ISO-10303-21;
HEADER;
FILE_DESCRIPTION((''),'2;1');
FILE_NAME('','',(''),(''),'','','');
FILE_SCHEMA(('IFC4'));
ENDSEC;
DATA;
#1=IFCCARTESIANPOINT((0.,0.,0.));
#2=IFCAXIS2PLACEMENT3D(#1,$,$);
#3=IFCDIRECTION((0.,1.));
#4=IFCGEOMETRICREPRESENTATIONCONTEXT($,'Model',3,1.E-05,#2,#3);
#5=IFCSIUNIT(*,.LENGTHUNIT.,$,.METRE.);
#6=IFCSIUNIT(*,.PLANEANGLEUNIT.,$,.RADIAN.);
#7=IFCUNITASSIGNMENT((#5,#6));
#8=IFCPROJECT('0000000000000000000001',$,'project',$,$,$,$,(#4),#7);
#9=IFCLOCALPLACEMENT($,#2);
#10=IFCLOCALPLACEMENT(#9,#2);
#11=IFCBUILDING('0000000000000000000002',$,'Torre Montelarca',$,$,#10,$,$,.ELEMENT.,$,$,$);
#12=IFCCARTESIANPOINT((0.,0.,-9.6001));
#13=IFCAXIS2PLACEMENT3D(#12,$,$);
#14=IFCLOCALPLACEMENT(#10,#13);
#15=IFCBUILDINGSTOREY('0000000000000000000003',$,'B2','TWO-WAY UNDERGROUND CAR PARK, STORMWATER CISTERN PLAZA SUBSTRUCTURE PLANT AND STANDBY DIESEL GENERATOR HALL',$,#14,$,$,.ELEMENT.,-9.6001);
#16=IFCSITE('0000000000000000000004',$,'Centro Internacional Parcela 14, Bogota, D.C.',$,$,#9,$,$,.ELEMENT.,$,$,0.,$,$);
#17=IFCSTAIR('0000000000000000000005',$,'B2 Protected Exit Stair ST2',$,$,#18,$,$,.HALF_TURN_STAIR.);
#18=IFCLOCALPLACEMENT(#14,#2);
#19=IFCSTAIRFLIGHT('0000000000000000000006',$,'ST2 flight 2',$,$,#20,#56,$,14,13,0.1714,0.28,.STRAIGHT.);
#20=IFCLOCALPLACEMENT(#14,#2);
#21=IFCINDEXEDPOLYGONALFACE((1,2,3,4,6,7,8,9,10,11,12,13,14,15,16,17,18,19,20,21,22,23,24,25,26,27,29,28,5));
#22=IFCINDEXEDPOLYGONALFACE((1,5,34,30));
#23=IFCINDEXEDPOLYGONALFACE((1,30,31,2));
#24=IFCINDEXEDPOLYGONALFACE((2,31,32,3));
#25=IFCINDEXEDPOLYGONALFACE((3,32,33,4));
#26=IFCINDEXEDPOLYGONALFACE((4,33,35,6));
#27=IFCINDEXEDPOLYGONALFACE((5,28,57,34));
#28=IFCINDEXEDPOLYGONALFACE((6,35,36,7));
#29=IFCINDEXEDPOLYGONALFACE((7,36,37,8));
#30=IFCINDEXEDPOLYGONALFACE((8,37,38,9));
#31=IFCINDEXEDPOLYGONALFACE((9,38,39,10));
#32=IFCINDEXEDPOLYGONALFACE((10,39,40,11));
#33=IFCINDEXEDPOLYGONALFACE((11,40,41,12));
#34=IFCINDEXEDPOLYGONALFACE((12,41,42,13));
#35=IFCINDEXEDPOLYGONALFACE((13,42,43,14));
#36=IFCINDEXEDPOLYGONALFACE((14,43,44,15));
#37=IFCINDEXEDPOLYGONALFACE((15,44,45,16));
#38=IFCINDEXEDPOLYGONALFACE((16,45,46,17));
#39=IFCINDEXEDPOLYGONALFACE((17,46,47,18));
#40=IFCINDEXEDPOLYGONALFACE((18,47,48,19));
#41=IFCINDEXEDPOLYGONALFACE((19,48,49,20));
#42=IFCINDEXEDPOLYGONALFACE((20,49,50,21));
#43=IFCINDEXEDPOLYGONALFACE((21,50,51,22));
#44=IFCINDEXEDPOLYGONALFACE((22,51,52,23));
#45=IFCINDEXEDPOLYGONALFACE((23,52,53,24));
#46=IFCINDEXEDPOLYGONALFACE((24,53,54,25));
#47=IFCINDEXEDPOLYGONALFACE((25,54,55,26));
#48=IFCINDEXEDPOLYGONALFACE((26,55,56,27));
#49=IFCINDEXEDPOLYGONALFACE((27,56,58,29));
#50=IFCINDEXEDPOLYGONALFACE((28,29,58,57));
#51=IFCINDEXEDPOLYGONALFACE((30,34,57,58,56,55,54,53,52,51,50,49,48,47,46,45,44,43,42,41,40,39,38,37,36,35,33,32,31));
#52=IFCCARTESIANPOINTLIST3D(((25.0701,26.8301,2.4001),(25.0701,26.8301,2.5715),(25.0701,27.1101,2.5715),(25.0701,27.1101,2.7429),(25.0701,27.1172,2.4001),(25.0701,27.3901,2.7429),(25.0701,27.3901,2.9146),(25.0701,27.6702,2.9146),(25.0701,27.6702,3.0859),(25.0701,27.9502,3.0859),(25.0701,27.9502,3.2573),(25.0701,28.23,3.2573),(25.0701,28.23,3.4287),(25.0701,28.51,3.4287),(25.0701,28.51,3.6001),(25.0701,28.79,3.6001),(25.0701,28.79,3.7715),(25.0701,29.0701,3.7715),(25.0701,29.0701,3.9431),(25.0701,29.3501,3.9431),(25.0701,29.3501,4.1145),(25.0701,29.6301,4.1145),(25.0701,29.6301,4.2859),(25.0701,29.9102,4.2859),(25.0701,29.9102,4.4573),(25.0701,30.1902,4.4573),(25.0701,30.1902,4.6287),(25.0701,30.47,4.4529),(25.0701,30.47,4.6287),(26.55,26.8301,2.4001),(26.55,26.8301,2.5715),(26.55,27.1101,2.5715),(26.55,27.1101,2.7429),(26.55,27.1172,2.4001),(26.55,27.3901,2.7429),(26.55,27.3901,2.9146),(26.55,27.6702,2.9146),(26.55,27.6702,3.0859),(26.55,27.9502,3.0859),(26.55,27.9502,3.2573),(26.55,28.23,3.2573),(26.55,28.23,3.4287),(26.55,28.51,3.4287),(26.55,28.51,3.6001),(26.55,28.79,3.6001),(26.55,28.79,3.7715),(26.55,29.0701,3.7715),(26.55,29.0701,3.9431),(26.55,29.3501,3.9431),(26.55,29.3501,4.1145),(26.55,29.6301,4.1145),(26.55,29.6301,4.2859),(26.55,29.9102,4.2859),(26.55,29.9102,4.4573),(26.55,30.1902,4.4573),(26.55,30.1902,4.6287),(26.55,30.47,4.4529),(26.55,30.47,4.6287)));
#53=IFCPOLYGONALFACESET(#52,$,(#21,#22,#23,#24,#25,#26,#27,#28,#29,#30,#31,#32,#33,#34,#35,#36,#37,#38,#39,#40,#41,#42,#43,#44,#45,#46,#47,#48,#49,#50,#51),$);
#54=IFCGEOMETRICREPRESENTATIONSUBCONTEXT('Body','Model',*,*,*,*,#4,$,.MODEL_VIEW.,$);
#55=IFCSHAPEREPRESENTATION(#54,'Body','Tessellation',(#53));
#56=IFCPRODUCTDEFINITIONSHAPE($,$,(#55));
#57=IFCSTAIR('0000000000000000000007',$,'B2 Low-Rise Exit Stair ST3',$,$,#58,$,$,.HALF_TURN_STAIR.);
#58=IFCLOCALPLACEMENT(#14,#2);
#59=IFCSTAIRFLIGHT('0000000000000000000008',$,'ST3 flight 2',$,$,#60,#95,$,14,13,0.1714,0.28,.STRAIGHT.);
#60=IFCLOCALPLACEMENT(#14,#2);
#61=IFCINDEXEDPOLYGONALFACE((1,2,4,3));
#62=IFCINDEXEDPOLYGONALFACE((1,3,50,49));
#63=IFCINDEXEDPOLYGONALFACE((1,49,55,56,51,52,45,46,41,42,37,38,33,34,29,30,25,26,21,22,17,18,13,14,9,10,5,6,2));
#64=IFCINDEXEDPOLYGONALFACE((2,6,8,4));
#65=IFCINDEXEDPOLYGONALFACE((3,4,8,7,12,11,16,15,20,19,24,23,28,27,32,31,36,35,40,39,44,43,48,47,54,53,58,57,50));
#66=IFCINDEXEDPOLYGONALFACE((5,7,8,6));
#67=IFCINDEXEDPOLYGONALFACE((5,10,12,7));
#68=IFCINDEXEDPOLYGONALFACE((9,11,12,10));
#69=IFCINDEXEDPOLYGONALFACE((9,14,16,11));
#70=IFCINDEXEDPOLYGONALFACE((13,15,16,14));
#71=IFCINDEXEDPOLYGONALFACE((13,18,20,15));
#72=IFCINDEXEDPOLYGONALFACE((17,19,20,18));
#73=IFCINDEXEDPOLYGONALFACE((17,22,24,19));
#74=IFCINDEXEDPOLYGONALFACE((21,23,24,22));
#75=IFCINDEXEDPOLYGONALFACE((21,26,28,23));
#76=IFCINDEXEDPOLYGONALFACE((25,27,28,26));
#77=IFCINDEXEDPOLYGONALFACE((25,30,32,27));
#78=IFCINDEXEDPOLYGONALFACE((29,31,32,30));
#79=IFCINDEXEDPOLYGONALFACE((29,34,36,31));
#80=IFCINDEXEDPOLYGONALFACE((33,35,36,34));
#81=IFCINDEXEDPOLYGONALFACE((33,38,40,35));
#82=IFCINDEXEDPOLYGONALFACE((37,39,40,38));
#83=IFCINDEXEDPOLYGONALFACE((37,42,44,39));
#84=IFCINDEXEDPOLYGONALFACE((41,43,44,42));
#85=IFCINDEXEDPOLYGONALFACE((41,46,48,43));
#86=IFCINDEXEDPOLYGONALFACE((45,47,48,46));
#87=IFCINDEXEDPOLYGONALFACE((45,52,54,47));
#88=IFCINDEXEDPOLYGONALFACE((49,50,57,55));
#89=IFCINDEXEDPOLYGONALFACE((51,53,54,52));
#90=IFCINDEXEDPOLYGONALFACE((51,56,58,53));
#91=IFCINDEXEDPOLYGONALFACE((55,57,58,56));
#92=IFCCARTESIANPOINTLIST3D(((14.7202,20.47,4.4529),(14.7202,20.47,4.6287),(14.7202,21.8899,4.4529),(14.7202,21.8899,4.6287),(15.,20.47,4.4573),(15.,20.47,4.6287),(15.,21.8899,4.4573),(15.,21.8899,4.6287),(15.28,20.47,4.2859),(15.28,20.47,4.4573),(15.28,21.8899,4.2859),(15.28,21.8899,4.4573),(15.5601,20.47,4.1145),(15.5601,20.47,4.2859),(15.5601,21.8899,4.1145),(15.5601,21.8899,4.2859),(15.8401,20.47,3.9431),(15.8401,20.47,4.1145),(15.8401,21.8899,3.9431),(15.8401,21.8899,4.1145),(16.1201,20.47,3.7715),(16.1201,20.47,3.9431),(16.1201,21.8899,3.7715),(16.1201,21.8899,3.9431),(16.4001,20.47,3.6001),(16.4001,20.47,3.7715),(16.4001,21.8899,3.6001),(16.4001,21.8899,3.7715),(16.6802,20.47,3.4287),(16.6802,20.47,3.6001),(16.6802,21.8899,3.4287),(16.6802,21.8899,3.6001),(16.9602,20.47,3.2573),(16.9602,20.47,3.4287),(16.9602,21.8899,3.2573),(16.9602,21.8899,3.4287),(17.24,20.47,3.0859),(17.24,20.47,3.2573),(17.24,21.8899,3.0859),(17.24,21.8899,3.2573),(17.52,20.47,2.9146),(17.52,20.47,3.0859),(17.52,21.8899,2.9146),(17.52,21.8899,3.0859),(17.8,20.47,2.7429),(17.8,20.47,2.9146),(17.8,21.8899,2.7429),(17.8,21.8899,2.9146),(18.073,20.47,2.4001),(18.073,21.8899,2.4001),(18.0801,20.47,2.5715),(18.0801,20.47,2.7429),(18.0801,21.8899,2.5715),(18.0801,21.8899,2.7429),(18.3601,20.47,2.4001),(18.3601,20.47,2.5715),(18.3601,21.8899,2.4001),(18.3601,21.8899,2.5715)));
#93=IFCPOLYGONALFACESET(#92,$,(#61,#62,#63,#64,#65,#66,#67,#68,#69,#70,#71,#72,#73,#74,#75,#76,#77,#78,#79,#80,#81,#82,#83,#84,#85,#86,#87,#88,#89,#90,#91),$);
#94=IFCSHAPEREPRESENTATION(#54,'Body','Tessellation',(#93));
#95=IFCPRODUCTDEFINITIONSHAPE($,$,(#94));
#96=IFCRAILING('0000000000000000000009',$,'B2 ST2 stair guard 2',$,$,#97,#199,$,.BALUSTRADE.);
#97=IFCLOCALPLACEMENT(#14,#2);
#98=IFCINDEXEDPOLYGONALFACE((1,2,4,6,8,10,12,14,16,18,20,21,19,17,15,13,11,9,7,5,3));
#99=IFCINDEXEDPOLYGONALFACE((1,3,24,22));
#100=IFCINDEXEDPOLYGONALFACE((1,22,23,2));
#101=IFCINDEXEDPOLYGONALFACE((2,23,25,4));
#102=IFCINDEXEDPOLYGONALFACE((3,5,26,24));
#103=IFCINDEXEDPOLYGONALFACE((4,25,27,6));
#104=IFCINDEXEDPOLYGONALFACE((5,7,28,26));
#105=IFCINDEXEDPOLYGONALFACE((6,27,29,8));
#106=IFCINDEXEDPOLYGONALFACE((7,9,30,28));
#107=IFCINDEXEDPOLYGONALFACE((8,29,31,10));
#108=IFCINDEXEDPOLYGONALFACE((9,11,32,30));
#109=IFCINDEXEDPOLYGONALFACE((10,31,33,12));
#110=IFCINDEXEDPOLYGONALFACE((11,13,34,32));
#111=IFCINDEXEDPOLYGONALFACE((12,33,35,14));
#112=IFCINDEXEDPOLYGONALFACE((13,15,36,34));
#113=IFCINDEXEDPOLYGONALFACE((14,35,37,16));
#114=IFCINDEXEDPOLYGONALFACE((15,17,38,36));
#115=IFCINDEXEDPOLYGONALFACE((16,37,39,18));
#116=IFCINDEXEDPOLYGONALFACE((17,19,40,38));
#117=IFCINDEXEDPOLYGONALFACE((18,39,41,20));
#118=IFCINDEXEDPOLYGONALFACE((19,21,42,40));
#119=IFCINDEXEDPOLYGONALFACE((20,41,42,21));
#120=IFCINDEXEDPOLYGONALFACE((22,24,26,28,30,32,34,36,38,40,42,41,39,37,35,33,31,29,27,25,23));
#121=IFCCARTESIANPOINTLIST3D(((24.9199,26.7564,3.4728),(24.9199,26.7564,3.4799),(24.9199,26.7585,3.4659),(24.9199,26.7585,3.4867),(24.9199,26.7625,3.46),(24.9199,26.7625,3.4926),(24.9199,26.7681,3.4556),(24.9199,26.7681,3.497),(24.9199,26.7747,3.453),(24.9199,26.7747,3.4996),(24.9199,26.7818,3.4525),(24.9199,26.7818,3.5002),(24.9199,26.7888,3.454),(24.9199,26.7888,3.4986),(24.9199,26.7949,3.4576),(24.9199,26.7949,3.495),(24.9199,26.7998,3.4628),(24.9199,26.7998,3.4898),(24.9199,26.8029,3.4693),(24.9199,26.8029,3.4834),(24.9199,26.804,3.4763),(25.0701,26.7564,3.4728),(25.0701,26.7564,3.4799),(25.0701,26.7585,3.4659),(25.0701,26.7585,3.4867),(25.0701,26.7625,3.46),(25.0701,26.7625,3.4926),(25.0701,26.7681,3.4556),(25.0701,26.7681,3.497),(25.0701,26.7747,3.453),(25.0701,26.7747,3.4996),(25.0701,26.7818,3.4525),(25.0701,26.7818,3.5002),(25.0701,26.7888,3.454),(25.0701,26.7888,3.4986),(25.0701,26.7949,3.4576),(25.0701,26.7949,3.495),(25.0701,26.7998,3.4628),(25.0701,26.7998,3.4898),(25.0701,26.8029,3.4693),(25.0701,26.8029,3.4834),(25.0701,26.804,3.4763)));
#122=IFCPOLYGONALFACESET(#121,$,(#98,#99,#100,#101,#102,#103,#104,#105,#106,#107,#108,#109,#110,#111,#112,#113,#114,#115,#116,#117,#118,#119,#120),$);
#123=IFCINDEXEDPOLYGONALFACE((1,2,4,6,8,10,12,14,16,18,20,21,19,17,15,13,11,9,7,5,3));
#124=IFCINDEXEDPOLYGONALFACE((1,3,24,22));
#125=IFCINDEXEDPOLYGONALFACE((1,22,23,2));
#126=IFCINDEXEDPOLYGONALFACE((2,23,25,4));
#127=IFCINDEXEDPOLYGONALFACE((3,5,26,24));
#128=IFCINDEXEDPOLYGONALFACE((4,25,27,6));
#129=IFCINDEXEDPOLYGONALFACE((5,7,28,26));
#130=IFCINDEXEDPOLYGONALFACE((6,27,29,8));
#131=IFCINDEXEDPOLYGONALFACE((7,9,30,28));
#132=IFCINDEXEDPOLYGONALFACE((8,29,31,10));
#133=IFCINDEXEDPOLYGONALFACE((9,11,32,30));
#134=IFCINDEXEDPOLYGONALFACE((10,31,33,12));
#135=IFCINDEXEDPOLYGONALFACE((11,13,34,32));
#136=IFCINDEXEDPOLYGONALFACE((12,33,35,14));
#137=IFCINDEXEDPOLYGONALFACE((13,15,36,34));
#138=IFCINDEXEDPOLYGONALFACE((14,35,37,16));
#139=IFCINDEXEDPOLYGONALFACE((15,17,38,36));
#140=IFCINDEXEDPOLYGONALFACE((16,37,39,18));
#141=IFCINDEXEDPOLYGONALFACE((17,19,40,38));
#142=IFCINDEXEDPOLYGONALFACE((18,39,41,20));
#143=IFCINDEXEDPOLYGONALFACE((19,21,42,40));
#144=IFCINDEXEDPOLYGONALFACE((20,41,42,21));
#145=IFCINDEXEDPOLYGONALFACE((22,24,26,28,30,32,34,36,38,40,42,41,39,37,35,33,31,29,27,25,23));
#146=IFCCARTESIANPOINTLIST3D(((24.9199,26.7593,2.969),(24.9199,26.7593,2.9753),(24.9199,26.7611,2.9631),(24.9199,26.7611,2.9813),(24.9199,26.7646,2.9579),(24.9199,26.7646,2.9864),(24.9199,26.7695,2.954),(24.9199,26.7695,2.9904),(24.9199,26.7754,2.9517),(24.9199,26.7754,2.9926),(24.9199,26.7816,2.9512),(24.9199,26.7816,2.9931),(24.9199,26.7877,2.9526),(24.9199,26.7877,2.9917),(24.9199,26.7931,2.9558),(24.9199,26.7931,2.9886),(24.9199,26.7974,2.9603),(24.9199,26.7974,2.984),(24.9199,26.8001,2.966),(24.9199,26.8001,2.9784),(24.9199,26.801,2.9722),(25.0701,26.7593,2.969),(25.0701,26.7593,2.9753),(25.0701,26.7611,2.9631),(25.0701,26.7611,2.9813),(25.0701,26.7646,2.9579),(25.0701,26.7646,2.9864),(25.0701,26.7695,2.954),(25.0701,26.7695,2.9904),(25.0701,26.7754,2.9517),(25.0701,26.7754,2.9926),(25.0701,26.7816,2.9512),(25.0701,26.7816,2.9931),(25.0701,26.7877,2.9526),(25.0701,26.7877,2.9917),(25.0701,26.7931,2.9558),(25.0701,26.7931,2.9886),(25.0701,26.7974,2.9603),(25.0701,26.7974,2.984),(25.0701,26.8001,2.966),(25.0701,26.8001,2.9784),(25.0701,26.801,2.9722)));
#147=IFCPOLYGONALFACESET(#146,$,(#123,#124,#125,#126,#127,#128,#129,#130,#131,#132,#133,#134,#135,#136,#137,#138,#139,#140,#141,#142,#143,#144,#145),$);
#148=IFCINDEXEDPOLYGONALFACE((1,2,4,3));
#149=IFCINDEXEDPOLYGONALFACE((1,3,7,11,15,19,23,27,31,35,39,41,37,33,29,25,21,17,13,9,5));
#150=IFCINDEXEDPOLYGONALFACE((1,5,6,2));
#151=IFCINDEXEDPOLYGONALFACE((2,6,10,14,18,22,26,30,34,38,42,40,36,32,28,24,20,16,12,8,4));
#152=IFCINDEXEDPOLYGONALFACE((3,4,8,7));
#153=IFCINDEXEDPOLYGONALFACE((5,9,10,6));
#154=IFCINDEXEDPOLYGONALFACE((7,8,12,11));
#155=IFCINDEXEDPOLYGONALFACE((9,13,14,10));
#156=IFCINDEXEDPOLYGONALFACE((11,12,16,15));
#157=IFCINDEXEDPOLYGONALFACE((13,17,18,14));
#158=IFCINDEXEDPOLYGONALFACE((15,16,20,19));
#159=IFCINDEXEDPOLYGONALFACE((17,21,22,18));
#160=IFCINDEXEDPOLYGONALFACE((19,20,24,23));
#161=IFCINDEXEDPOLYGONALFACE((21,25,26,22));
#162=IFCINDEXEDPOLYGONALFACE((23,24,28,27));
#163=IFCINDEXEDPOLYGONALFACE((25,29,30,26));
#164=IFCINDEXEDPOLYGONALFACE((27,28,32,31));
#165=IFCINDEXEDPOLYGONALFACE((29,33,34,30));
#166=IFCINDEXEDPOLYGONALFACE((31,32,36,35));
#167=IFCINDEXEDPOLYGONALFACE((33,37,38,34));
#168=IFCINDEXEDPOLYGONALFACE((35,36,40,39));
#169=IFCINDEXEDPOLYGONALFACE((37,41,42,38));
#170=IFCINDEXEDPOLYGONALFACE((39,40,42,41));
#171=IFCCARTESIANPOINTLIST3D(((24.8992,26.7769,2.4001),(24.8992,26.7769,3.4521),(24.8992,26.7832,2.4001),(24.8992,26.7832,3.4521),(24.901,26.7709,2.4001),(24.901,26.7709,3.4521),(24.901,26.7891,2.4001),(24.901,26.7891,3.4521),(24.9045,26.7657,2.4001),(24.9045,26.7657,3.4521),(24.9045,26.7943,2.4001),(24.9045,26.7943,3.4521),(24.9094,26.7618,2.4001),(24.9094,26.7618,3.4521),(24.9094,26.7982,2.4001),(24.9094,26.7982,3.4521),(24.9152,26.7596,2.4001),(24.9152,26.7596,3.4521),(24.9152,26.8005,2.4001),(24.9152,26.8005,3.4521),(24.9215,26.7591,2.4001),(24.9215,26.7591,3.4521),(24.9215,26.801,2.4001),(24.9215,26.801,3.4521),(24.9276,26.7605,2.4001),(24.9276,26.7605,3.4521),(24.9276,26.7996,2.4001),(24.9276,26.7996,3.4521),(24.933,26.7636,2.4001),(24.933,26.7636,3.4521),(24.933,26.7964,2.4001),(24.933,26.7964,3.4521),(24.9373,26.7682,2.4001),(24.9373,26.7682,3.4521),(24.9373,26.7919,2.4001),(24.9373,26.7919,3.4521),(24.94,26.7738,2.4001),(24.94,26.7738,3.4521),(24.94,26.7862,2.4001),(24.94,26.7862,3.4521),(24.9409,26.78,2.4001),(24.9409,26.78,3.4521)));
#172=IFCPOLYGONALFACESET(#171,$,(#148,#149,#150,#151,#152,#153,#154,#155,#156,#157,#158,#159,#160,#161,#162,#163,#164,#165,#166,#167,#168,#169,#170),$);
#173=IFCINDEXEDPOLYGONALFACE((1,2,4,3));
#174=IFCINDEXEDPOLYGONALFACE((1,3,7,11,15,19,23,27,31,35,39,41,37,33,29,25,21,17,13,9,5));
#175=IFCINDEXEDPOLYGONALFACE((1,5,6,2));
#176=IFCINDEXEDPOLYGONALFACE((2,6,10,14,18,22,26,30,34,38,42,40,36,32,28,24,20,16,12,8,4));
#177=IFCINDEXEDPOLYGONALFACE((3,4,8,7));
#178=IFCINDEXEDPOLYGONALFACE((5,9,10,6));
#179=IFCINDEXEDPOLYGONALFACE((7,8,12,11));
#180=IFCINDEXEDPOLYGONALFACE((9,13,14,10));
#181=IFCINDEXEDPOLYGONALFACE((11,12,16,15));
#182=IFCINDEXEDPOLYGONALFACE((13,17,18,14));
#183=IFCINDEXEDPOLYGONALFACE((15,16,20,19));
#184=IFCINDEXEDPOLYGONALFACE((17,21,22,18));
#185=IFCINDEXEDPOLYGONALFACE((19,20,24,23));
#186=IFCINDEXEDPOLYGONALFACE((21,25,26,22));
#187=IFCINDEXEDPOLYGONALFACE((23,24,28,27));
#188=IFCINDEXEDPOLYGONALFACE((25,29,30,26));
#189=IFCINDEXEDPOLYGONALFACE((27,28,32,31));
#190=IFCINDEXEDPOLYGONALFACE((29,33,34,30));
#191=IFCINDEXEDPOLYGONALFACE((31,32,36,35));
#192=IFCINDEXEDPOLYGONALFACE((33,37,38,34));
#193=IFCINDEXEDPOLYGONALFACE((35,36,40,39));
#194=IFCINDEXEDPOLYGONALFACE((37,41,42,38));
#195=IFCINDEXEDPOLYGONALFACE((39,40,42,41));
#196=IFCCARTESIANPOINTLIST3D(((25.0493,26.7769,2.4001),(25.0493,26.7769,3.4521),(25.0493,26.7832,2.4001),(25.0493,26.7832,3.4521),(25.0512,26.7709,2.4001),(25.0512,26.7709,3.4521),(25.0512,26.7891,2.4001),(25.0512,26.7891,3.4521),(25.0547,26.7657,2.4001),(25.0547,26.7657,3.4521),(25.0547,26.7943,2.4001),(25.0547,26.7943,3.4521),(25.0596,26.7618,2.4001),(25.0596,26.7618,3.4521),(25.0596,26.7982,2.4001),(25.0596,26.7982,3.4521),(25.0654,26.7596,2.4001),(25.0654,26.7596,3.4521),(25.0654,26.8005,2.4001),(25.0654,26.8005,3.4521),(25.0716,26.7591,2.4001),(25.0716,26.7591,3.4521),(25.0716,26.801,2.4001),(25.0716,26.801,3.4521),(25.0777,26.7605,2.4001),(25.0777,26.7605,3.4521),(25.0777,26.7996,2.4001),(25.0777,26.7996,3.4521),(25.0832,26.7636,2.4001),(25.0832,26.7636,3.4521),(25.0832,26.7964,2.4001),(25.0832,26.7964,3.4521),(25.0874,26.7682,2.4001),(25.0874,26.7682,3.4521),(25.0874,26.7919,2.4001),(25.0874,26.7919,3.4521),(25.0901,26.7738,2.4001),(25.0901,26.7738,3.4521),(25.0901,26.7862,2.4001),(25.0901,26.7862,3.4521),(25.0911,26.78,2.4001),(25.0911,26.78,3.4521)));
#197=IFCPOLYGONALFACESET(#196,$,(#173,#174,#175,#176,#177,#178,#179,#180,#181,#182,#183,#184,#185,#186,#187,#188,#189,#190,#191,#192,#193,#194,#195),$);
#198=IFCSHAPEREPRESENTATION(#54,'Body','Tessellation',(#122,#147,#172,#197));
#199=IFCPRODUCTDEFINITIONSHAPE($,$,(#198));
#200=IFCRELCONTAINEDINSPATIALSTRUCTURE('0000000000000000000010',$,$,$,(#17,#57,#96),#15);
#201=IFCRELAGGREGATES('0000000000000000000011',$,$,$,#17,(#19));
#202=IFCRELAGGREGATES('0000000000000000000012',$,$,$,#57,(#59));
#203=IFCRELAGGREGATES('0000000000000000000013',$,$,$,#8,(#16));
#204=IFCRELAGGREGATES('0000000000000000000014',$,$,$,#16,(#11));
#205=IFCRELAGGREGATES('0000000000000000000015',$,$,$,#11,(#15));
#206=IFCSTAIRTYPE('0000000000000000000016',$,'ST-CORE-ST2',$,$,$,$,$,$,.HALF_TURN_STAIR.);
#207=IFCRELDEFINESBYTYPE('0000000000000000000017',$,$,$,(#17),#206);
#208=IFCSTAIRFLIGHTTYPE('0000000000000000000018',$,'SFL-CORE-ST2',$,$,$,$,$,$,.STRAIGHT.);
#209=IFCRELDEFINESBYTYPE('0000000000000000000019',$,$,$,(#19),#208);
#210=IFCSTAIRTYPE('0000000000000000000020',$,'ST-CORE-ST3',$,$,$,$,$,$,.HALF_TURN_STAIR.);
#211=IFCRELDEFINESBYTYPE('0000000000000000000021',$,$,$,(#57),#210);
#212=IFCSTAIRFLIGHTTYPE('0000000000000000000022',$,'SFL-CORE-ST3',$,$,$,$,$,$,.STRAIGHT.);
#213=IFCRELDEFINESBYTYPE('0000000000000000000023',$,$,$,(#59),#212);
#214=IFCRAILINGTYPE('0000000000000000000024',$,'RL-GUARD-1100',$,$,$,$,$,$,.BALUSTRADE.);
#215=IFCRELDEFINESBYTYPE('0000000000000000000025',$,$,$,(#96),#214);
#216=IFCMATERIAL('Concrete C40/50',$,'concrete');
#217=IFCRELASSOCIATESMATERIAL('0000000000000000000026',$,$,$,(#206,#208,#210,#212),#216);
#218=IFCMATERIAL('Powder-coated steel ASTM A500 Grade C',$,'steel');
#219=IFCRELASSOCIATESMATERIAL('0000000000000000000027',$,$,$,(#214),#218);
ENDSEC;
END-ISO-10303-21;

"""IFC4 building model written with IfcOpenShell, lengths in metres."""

from ifc_helpers import new_model, si_unit, direction, frame, origin, origin_2d, place, context, subcontext, project, spatial, polyline, circle, outline, extrude, material, type_object, element, aggregate, save


model = new_model("IFC4")

# Units and contexts
model_context = context("Model", 3, precision=1e-05, world=origin(), true_north=direction((0.0, 1.0)))
body_context = subcontext(model_context, "Body", "Model", "MODEL_VIEW")
ifc_project = project(units=[si_unit("LENGTHUNIT", "METRE"), si_unit("PLANEANGLEUNIT", "RADIAN")], contexts=[model_context])

# Site, building, storey
site_placement = place(None, origin())
site = spatial("IfcSite", under=ifc_project, at=site_placement, Name="Centro Internacional Parcela 14, Bogota, D.C.", CompositionType="ELEMENT", RefElevation=0.0)
building_placement = place(site_placement, origin())
building = spatial("IfcBuilding", under=site, at=building_placement, Name="Torre Montelarca", CompositionType="ELEMENT")
storey_placement = place(building_placement, frame((0.0, 0.0, -9.6001)))
storey = spatial("IfcBuildingStorey", under=building, at=storey_placement, Name="B2", Description="TWO-WAY UNDERGROUND CAR PARK, STORMWATER CISTERN PLAZA SUBSTRUCTURE PLANT AND STANDBY DIESEL GENERATOR HALL", CompositionType="ELEMENT", Elevation=-9.6001)

# Shared definitions
ifc_material_1 = material(Name="Concrete C40/50", Category="concrete")

# Stairs, stair flights
stair_type_1 = type_object("IfcStairType", Name="ST-CORE-ST2", PredefinedType="HALF_TURN_STAIR", material=ifc_material_1)
stair_1_placement = place(storey_placement, origin())
stair_1 = element("IfcStair", 1, at=stair_1_placement, inside=storey, type_object=stair_type_1, Name="B2 Protected Exit Stair ST2", PredefinedType="HALF_TURN_STAIR")
stair_flight_type_1 = type_object("IfcStairFlightType", Name="SFL-CORE-ST2", PredefinedType="STRAIGHT", material=ifc_material_1)
stair_flight_1_placement = place(storey_placement, frame((25.8101, 26.8301, 2.4001), z_axis=(0.0, 0.0, 1.0), x_axis=(0.0, 1.0, 0.0)))
stair_flight_1 = element("IfcStairFlight", 2, at=stair_flight_1_placement, type_object=stair_flight_type_1, Name="ST2 flight 2", NumberOfRisers=14, NumberOfTreads=13, PredefinedType="STRAIGHT", RiserHeight=0.1714, TreadLength=0.28, context=body_context, shape_type="SweptSolid", body=[
    extrude(outline(polyline([(0.0, 0.0), (0.0, 0.1714), (0.28, 0.1714), (0.28, 0.3428), (0.5601, 0.3428), (0.5601, 0.5144), (0.8401, 0.5144), (0.8401, 0.6858), (1.1201, 0.6858), (1.1201, 0.8572), (1.3999, 0.8572), (1.3999, 1.0286), (1.6799, 1.0286), (1.6799, 1.2), (1.96, 1.2), (1.96, 1.3713), (2.24, 1.3713), (2.24, 1.543), (2.52, 1.543), (2.52, 1.7144), (2.8, 1.7144), (2.8, 1.8857), (3.0801, 1.8857), (3.0801, 2.0571), (3.3601, 2.0571), (3.3601, 2.2285), (3.6399, 2.2285), (3.6399, 2.3999), (3.6399, 2.0527), (0.2871, 0.0), (0.0, 0.0)])), frame((0.0, 0.74, 0.0), z_axis=(0.0, -1.0, 0.0), x_axis=(1.0, 0.0, 0.0)), (0.0, 0.0, 1.0), 1.48),
])
aggregate(stair_1, [stair_flight_1])
stair_type_2 = type_object("IfcStairType", Name="ST-CORE-ST3", PredefinedType="HALF_TURN_STAIR", material=ifc_material_1)
stair_2_placement = place(storey_placement, origin())
stair_2 = element("IfcStair", 3, at=stair_2_placement, inside=storey, type_object=stair_type_2, Name="B2 Low-Rise Exit Stair ST3", PredefinedType="HALF_TURN_STAIR")
stair_flight_type_2 = type_object("IfcStairFlightType", Name="SFL-CORE-ST3", PredefinedType="STRAIGHT", material=ifc_material_1)
stair_flight_2_placement = place(storey_placement, frame((18.3601, 21.1799, 2.4001), z_axis=(0.0, 0.0, 1.0), x_axis=(-1.0, 0.0, 0.0)))
stair_flight_2 = element("IfcStairFlight", 4, at=stair_flight_2_placement, type_object=stair_flight_type_2, Name="ST3 flight 2", NumberOfRisers=14, NumberOfTreads=13, PredefinedType="STRAIGHT", RiserHeight=0.1714, TreadLength=0.28, context=body_context, shape_type="SweptSolid", body=[
    extrude(outline(polyline([(0.0, 0.0), (0.0, 0.1714), (0.28, 0.1714), (0.28, 0.3428), (0.5601, 0.3428), (0.5601, 0.5144), (0.8401, 0.5144), (0.8401, 0.6858), (1.1201, 0.6858), (1.1201, 0.8572), (1.3999, 0.8572), (1.3999, 1.0286), (1.6799, 1.0286), (1.6799, 1.2), (1.96, 1.2), (1.96, 1.3713), (2.24, 1.3713), (2.24, 1.543), (2.52, 1.543), (2.52, 1.7144), (2.8, 1.7144), (2.8, 1.8857), (3.0801, 1.8857), (3.0801, 2.0571), (3.3601, 2.0571), (3.3601, 2.2285), (3.6399, 2.2285), (3.6399, 2.3999), (3.6399, 2.0527), (0.2871, 0.0), (0.0, 0.0)])), frame((0.0, 0.71, 0.0), z_axis=(0.0, -1.0, 0.0), x_axis=(1.0, 0.0, 0.0)), (0.0, 0.0, 1.0), 1.4199),
])
aggregate(stair_2, [stair_flight_2])

# Railing
ifc_material_2 = material(Name="Powder-coated steel ASTM A500 Grade C", Category="steel")
railing_type_1 = type_object("IfcRailingType", Name="RL-GUARD-1100", PredefinedType="BALUSTRADE", material=ifc_material_2)
railing_1_placement = place(storey_placement, frame((24.9199, 26.78, 2.4001)))
element("IfcRailing", 5, at=railing_1_placement, inside=storey, type_object=railing_type_1, Name="B2 ST2 stair guard 2", PredefinedType="BALUSTRADE", context=body_context, shape_type="SweptSolid", body=[
    extrude(circle(Radius=0.0239, at=origin_2d()), frame((0.0, 0.0, 1.0762), z_axis=(1.0, 0.0, 0.0), x_axis=(0.0, 1.0, 0.0)), (0.0, 0.0, 1.0), 0.1501),
    extrude(circle(Radius=0.021, at=origin_2d()), frame((0.0, 0.0, 0.572), z_axis=(1.0, 0.0, 0.0), x_axis=(0.0, 1.0, 0.0)), (0.0, 0.0, 1.0), 0.1501),
    extrude(circle(Radius=0.021, at=origin_2d()), origin(), (0.0, 0.0, 1.0), 1.052),
    extrude(circle(Radius=0.021, at=origin_2d()), frame((0.1501, 0.0, 0.0)), (0.0, 0.0, 1.0), 1.052),
])

save(model, "model.ifc")
